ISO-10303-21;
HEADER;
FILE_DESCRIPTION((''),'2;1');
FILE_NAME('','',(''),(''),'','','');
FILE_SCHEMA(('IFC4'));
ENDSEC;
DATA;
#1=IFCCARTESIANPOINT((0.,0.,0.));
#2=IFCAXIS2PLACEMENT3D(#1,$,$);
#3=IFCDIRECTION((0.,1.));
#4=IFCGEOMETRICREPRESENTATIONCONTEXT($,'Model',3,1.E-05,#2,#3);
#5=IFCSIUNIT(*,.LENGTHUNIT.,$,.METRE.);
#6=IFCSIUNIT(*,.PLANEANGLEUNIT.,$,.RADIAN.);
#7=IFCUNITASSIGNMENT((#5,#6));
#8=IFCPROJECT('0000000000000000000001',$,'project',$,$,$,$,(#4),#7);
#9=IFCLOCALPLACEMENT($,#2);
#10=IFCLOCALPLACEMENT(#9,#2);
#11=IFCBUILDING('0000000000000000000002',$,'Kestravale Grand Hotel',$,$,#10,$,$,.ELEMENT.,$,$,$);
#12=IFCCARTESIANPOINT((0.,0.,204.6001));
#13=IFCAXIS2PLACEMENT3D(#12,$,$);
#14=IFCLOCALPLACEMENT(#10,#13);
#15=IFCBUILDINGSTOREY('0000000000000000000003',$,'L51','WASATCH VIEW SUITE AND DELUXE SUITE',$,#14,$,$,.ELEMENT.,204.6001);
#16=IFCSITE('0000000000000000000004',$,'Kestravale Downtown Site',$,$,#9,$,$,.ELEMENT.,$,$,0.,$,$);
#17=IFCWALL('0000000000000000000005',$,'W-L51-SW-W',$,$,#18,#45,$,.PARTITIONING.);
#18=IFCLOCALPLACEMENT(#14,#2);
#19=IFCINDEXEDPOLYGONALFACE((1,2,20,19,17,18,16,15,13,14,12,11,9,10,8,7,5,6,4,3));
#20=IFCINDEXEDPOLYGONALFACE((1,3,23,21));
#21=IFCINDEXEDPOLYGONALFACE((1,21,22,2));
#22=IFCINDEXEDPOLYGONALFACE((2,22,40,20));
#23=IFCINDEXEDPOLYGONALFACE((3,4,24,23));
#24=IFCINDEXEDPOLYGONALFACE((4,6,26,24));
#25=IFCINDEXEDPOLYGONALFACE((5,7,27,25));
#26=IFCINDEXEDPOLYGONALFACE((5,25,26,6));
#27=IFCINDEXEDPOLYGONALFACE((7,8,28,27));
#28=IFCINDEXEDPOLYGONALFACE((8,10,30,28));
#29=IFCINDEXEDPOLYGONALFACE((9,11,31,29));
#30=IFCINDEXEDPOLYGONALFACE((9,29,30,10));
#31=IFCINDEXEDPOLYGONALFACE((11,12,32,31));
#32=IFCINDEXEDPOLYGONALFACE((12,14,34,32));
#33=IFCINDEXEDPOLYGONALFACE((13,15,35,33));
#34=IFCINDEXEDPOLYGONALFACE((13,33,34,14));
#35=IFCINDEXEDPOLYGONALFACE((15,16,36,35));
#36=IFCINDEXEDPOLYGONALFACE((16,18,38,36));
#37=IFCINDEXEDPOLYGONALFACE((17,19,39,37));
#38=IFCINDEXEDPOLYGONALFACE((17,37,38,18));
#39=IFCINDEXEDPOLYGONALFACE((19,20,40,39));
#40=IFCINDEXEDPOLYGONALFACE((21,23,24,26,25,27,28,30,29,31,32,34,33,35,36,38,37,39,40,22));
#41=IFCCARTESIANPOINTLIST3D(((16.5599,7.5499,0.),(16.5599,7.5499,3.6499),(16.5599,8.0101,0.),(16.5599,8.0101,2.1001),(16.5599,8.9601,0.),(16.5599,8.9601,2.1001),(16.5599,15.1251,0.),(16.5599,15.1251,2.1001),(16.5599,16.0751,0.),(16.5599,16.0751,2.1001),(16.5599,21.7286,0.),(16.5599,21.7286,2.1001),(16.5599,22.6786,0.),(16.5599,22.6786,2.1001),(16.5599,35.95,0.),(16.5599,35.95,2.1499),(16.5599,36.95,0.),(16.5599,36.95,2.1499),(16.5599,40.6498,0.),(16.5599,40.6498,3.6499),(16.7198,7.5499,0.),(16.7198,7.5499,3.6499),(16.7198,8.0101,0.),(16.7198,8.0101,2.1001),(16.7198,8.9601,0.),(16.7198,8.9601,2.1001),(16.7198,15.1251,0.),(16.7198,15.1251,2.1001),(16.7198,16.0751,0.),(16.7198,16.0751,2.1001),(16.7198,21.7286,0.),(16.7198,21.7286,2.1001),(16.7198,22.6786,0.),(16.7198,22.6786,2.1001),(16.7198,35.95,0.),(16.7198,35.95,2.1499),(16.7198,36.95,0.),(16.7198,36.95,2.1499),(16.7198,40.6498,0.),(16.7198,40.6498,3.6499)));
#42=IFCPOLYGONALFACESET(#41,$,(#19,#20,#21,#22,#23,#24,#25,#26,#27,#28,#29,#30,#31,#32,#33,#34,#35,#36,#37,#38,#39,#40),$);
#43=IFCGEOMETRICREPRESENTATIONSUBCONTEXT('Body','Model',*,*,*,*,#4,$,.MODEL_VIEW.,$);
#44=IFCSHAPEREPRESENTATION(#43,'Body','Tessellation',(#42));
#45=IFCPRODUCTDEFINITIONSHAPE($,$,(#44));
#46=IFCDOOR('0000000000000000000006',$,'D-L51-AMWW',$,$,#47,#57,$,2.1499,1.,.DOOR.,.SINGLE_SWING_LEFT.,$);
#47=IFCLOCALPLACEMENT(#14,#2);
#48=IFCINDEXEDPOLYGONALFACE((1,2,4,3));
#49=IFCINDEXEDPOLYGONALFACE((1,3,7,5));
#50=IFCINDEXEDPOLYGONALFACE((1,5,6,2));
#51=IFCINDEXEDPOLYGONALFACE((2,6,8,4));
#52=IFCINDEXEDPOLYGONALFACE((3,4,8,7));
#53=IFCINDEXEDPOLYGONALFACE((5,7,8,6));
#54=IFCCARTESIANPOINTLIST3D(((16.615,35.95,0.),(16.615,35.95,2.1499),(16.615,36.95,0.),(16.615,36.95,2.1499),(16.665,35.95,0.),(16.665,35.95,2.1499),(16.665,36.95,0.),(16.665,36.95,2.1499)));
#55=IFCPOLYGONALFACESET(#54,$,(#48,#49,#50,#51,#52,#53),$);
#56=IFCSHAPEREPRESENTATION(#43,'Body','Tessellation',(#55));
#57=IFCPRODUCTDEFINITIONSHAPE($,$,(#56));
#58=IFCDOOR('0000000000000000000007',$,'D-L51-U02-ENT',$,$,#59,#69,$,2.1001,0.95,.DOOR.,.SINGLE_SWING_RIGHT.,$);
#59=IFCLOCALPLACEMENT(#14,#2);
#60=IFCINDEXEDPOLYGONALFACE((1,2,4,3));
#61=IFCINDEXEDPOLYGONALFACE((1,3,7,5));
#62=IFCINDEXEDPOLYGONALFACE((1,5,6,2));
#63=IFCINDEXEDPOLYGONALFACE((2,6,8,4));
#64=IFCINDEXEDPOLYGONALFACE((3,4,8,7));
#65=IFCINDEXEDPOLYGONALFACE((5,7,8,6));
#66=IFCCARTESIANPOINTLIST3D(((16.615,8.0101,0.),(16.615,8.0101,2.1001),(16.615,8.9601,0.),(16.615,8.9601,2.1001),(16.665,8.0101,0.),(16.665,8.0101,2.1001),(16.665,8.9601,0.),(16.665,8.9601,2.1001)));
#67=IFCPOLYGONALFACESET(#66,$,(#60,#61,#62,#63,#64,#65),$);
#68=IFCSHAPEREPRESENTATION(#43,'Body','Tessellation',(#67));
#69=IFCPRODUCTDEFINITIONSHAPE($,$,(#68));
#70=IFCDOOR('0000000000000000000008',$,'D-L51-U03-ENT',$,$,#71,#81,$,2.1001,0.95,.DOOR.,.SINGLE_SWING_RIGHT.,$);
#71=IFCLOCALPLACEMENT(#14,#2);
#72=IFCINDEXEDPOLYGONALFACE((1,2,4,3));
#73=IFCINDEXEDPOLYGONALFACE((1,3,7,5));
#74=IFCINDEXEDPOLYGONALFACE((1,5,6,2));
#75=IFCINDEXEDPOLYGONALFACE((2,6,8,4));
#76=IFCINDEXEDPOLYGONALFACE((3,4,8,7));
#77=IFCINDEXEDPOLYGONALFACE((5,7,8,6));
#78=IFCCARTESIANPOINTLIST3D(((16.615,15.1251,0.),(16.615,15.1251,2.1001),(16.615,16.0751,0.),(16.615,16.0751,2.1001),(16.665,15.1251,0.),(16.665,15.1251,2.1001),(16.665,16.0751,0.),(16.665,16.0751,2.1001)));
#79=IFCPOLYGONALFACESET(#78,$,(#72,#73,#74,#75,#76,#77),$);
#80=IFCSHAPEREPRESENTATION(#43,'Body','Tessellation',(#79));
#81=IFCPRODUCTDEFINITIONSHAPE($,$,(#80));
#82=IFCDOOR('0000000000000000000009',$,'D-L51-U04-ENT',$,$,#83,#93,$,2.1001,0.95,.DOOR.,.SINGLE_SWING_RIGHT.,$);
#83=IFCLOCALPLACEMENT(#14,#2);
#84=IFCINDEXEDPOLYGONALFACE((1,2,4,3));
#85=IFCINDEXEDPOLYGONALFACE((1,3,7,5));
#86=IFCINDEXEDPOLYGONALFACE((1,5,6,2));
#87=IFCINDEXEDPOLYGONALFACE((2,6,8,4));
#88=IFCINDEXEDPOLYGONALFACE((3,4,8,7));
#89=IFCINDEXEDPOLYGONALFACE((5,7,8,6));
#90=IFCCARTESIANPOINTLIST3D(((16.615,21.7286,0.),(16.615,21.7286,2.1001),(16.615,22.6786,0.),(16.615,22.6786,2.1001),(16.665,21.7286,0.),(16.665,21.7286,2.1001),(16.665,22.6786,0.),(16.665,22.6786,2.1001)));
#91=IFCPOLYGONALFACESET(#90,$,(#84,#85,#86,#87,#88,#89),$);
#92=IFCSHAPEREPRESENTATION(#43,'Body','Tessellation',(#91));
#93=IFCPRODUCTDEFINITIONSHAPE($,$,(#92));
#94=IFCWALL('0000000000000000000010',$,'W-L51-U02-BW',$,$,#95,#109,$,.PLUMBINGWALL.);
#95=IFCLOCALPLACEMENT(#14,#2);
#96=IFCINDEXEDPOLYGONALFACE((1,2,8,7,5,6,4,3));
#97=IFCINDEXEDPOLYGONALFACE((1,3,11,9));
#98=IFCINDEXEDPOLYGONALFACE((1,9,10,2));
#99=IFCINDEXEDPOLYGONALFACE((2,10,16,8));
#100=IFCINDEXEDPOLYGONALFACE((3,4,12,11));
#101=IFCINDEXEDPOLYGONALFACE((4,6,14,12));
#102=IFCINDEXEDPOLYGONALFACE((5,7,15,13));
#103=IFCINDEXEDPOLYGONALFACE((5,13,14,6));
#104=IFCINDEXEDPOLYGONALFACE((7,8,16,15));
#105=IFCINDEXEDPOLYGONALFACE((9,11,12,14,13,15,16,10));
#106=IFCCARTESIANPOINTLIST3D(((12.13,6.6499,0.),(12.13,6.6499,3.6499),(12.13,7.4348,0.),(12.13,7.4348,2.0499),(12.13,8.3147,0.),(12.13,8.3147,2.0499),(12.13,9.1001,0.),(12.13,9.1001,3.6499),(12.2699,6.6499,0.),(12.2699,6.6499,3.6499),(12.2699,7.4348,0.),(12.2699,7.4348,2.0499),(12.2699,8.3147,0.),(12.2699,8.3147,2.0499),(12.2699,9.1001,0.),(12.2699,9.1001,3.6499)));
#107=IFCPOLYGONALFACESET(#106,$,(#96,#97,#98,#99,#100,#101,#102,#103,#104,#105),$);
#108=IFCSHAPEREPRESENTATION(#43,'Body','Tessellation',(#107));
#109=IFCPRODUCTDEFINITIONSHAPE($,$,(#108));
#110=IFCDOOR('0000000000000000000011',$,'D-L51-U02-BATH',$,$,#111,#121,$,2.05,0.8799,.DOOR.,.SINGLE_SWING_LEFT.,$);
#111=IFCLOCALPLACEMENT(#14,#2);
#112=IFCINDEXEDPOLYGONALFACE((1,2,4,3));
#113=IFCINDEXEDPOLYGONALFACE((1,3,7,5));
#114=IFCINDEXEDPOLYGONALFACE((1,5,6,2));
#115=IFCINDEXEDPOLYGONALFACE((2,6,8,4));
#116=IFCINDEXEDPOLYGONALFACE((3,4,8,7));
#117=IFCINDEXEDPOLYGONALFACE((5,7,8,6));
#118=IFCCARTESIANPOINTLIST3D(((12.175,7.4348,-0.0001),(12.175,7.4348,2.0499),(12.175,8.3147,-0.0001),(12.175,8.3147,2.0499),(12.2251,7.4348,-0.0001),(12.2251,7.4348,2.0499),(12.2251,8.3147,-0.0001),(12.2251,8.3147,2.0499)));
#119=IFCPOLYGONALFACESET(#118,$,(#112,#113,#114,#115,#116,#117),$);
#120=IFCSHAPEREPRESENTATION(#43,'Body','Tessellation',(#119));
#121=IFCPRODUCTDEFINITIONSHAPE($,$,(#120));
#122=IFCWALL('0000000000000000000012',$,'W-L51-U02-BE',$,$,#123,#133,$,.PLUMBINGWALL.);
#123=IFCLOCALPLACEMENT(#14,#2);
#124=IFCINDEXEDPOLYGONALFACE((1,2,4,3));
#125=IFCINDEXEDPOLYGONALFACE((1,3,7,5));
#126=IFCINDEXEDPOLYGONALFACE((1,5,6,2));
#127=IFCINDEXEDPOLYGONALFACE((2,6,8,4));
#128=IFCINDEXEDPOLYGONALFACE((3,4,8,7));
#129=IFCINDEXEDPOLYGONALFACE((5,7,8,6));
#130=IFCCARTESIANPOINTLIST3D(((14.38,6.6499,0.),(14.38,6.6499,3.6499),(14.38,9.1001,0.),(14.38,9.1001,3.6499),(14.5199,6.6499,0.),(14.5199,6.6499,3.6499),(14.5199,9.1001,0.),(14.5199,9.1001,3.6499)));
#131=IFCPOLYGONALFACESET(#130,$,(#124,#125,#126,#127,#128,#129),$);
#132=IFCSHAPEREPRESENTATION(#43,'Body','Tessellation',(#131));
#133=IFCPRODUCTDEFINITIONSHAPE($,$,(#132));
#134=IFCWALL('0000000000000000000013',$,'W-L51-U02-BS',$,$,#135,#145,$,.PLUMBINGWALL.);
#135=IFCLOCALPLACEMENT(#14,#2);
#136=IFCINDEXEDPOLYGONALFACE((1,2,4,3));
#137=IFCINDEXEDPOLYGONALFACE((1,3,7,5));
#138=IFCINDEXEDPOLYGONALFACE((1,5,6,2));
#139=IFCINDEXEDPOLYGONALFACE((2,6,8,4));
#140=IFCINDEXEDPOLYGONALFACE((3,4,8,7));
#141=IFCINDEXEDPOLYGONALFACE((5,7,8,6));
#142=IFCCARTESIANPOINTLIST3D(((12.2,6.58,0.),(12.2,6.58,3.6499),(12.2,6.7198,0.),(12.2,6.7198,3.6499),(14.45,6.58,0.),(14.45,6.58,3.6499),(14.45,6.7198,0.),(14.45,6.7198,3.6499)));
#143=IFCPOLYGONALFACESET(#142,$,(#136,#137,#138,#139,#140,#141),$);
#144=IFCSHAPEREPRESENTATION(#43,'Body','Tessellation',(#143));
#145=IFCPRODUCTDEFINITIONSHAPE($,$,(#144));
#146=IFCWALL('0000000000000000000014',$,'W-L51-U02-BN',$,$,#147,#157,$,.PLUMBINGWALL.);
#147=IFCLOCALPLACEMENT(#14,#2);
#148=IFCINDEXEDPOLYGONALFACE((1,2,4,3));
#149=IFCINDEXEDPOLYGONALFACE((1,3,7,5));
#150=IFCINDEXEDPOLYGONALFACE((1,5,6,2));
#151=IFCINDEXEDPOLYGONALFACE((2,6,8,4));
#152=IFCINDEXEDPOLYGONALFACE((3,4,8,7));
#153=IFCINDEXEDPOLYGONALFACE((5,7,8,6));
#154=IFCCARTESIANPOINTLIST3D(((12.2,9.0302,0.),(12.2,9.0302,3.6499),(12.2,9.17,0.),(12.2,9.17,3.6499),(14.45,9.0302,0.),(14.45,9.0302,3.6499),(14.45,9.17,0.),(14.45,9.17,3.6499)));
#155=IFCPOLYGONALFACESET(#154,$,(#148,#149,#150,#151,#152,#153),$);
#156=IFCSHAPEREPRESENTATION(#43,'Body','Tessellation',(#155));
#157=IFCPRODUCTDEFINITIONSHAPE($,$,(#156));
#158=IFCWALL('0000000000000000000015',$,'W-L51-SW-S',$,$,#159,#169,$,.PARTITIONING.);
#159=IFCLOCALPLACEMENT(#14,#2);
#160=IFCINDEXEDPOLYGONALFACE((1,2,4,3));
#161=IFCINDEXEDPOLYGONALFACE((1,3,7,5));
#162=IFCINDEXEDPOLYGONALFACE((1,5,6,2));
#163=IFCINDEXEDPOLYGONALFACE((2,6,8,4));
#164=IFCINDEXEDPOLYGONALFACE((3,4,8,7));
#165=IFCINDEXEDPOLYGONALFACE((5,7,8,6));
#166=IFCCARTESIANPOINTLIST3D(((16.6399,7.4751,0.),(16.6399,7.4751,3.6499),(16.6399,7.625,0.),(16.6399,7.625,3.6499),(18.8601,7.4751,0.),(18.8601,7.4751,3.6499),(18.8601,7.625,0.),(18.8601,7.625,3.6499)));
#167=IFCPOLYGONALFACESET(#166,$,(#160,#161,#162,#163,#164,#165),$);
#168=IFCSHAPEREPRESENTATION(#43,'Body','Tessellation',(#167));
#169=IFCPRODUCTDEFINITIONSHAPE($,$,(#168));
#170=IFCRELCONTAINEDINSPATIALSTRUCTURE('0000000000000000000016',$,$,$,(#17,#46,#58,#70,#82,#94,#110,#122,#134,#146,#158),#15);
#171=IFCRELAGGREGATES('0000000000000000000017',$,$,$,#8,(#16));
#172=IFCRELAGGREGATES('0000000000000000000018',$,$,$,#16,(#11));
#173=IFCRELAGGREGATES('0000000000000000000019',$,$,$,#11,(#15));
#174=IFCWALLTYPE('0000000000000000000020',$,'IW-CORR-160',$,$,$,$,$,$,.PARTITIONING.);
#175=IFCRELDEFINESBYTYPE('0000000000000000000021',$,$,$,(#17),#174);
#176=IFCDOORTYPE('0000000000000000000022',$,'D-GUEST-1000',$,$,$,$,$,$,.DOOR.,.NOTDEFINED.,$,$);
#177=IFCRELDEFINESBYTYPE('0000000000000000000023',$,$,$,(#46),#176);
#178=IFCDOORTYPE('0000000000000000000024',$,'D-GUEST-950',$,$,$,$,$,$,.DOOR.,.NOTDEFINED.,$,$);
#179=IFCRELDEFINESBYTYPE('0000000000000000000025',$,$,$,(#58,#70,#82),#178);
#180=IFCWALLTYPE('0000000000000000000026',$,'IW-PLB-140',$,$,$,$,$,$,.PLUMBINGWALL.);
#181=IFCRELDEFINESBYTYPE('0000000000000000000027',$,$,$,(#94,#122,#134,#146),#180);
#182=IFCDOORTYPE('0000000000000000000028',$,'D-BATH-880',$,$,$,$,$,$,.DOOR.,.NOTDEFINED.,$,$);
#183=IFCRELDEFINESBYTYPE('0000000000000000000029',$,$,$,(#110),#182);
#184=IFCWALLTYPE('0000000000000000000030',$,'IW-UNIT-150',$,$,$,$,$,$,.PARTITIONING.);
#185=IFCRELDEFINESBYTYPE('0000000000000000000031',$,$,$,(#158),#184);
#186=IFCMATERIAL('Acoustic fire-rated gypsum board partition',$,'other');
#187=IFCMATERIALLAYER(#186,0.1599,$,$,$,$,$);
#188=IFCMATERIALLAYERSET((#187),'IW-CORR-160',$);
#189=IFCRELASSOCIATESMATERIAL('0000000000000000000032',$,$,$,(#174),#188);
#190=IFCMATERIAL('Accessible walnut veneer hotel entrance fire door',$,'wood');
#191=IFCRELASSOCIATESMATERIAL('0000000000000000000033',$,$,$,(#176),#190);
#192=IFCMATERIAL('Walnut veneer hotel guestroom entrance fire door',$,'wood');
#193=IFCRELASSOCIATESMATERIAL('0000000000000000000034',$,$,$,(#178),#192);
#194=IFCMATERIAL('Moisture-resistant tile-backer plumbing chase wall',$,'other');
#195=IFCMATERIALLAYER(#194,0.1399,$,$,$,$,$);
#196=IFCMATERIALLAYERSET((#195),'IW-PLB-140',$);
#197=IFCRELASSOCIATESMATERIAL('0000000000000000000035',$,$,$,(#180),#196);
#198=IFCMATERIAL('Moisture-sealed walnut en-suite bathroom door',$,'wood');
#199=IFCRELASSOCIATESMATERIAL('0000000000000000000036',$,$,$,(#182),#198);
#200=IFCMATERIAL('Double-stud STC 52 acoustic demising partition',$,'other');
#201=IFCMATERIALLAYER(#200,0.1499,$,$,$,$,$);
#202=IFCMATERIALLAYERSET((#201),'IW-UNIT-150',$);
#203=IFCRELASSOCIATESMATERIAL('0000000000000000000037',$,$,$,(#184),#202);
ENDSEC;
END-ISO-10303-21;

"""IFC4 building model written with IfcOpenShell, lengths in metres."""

from ifc_helpers import new_model, si_unit, direction, frame, frame_2d, origin, place, context, subcontext, project, spatial, rectangle, extrude, material, layer, layer_set, type_object, element, fill, save


model = new_model("IFC4")

# Units and contexts
model_context = context("Model", 3, precision=1e-05, world=origin(), true_north=direction((0.0, 1.0)))
body_context = subcontext(model_context, "Body", "Model", "MODEL_VIEW")
ifc_project = project(units=[si_unit("LENGTHUNIT", "METRE"), si_unit("PLANEANGLEUNIT", "RADIAN")], contexts=[model_context])

# Site, building, storey
site_placement = place(None, origin())
site = spatial("IfcSite", under=ifc_project, at=site_placement, Name="Kestravale Downtown Site", CompositionType="ELEMENT", RefElevation=0.0)
building_placement = place(site_placement, origin())
building = spatial("IfcBuilding", under=site, at=building_placement, Name="Kestravale Grand Hotel", CompositionType="ELEMENT")
storey_placement = place(building_placement, frame((0.0, 0.0, 204.6001)))
storey = spatial("IfcBuildingStorey", under=building, at=storey_placement, Name="L51", Description="WASATCH VIEW SUITE AND DELUXE SUITE", CompositionType="ELEMENT", Elevation=204.6001)

# Wall, openings, doors
ifc_material_1 = material(Name="Acoustic fire-rated gypsum board partition", Category="other")
ifc_layer_1 = layer(ifc_material_1, 0.1599)
ifc_layer_set_1 = layer_set([ifc_layer_1], Name="IW-CORR-160")
wall_type_1 = type_object("IfcWallType", Name="IW-CORR-160", PredefinedType="PARTITIONING", material=ifc_layer_set_1)
wall_1_placement = place(storey_placement, frame((16.6399, 7.55, 0.0), z_axis=(0.0, 0.0, 1.0), x_axis=(0.0, 1.0, 0.0)))
wall_1 = element("IfcWall", 1, at=wall_1_placement, inside=storey, type_object=wall_type_1, Name="W-L51-SW-W", PredefinedType="PARTITIONING", context=body_context, shape_type="SweptSolid", body=[
    extrude(rectangle(XDim=33.0999, YDim=0.1599, at=frame_2d((16.5498, 0.0))), origin(), (0.0, 0.0, 1.0), 3.6499),
])
opening_1_placement = place(wall_1_placement, frame((0.46, 0.0, 0.0)))
opening_1 = element("IfcOpeningElement", 2, at=opening_1_placement, cuts=wall_1, PredefinedType="OPENING", context=body_context, shape_type="SweptSolid", body=[
    extrude(rectangle(XDim=0.95, YDim=2.1001, at=frame_2d((0.4751, 1.05))), frame((0.0, 0.0898, 0.0), z_axis=(0.0, -1.0, 0.0), x_axis=(1.0, 0.0, 0.0)), (0.0, 0.0, 1.0), 0.1799),
])
opening_2_placement = place(wall_1_placement, frame((7.575, 0.0, 0.0)))
opening_2 = element("IfcOpeningElement", 3, at=opening_2_placement, cuts=wall_1, PredefinedType="OPENING", context=body_context, shape_type="SweptSolid", body=[
    extrude(rectangle(XDim=0.95, YDim=2.1001, at=frame_2d((0.4751, 1.05))), frame((0.0, 0.0898, 0.0), z_axis=(0.0, -1.0, 0.0), x_axis=(1.0, 0.0, 0.0)), (0.0, 0.0, 1.0), 0.1799),
])
opening_3_placement = place(wall_1_placement, frame((14.1785, 0.0, 0.0)))
opening_3 = element("IfcOpeningElement", 4, at=opening_3_placement, cuts=wall_1, PredefinedType="OPENING", context=body_context, shape_type="SweptSolid", body=[
    extrude(rectangle(XDim=0.95, YDim=2.1001, at=frame_2d((0.4751, 1.05))), frame((0.0, 0.0898, 0.0), z_axis=(0.0, -1.0, 0.0), x_axis=(1.0, 0.0, 0.0)), (0.0, 0.0, 1.0), 0.1799),
])
opening_4_placement = place(wall_1_placement, frame((28.3999, 0.0, 0.0)))
opening_4 = element("IfcOpeningElement", 5, at=opening_4_placement, cuts=wall_1, PredefinedType="OPENING", context=body_context, shape_type="SweptSolid", body=[
    extrude(rectangle(XDim=1.0, YDim=2.1499, at=frame_2d((0.5, 1.075))), frame((0.0, 0.0898, 0.0), z_axis=(0.0, -1.0, 0.0), x_axis=(1.0, 0.0, 0.0)), (0.0, 0.0, 1.0), 0.1799),
])
ifc_material_2 = material(Name="Accessible walnut veneer hotel entrance fire door", Category="wood")
door_type_1 = type_object("IfcDoorType", Name="D-GUEST-1000", OperationType="NOTDEFINED", PredefinedType="DOOR", material=ifc_material_2)
door_1_placement = place(opening_4_placement, origin())
door_1 = element("IfcDoor", 6, at=door_1_placement, inside=storey, type_object=door_type_1, Name="D-L51-AMWW", OperationType="SINGLE_SWING_LEFT", OverallHeight=2.1499, OverallWidth=1.0, PredefinedType="DOOR", context=body_context, shape_type="SweptSolid", body=[
    extrude(rectangle(XDim=1.0, YDim=2.1499, at=frame_2d((0.5, 1.075))), frame((0.0, 0.0249, 0.0), z_axis=(0.0, -1.0, 0.0), x_axis=(1.0, 0.0, 0.0)), (0.0, 0.0, 1.0), 0.05),
])
fill(opening_4, door_1)
ifc_material_3 = material(Name="Walnut veneer hotel guestroom entrance fire door", Category="wood")
door_type_2 = type_object("IfcDoorType", Name="D-GUEST-950", OperationType="NOTDEFINED", PredefinedType="DOOR", material=ifc_material_3)
door_2_placement = place(opening_1_placement, origin())
door_2 = element("IfcDoor", 7, at=door_2_placement, inside=storey, type_object=door_type_2, Name="D-L51-U02-ENT", OperationType="SINGLE_SWING_RIGHT", OverallHeight=2.1001, OverallWidth=0.95, PredefinedType="DOOR", context=body_context, shape_type="SweptSolid", body=[
    extrude(rectangle(XDim=0.95, YDim=2.1001, at=frame_2d((0.4751, 1.05))), frame((0.0, 0.0249, 0.0), z_axis=(0.0, -1.0, 0.0), x_axis=(1.0, 0.0, 0.0)), (0.0, 0.0, 1.0), 0.05),
])
fill(opening_1, door_2)
door_3_placement = place(opening_2_placement, origin())
door_3 = element("IfcDoor", 8, at=door_3_placement, inside=storey, type_object=door_type_2, Name="D-L51-U03-ENT", OperationType="SINGLE_SWING_RIGHT", OverallHeight=2.1001, OverallWidth=0.95, PredefinedType="DOOR", context=body_context, shape_type="SweptSolid", body=[
    extrude(rectangle(XDim=0.95, YDim=2.1001, at=frame_2d((0.4751, 1.05))), frame((0.0, 0.0249, 0.0), z_axis=(0.0, -1.0, 0.0), x_axis=(1.0, 0.0, 0.0)), (0.0, 0.0, 1.0), 0.05),
])
fill(opening_2, door_3)
door_4_placement = place(opening_3_placement, origin())
door_4 = element("IfcDoor", 9, at=door_4_placement, inside=storey, type_object=door_type_2, Name="D-L51-U04-ENT", OperationType="SINGLE_SWING_RIGHT", OverallHeight=2.1001, OverallWidth=0.95, PredefinedType="DOOR", context=body_context, shape_type="SweptSolid", body=[
    extrude(rectangle(XDim=0.95, YDim=2.1001, at=frame_2d((0.4751, 1.05))), frame((0.0, 0.0249, 0.0), z_axis=(0.0, -1.0, 0.0), x_axis=(1.0, 0.0, 0.0)), (0.0, 0.0, 1.0), 0.05),
])
fill(opening_3, door_4)

# Wall, opening, door
ifc_material_4 = material(Name="Moisture-resistant tile-backer plumbing chase wall", Category="other")
ifc_layer_2 = layer(ifc_material_4, 0.1399)
ifc_layer_set_2 = layer_set([ifc_layer_2], Name="IW-PLB-140")
wall_type_2 = type_object("IfcWallType", Name="IW-PLB-140", PredefinedType="PLUMBINGWALL", material=ifc_layer_set_2)
wall_2_placement = place(storey_placement, frame((12.2, 6.6499, 0.0), z_axis=(0.0, 0.0, 1.0), x_axis=(0.0, 1.0, 0.0)))
wall_2 = element("IfcWall", 10, at=wall_2_placement, inside=storey, type_object=wall_type_2, Name="W-L51-U02-BW", PredefinedType="PLUMBINGWALL", context=body_context, shape_type="SweptSolid", body=[
    extrude(rectangle(XDim=2.4502, YDim=0.1399, at=frame_2d((1.2251, 0.0))), origin(), (0.0, 0.0, 1.0), 3.6499),
])
opening_5_placement = place(wall_2_placement, frame((0.7849, 0.0, 0.0)))
opening_5 = element("IfcOpeningElement", 11, at=opening_5_placement, cuts=wall_2, PredefinedType="OPENING", context=body_context, shape_type="SweptSolid", body=[
    extrude(rectangle(XDim=0.8799, YDim=2.05, at=frame_2d((0.4399, 1.0249))), frame((0.0, 0.0798, 0.0), z_axis=(0.0, -1.0, 0.0), x_axis=(1.0, 0.0, 0.0)), (0.0, 0.0, 1.0), 0.1599),
])
ifc_material_5 = material(Name="Moisture-sealed walnut en-suite bathroom door", Category="wood")
door_type_3 = type_object("IfcDoorType", Name="D-BATH-880", OperationType="NOTDEFINED", PredefinedType="DOOR", material=ifc_material_5)
door_5_placement = place(opening_5_placement, origin())
door_5 = element("IfcDoor", 12, at=door_5_placement, inside=storey, type_object=door_type_3, Name="D-L51-U02-BATH", OperationType="SINGLE_SWING_LEFT", OverallHeight=2.05, OverallWidth=0.8799, PredefinedType="DOOR", context=body_context, shape_type="SweptSolid", body=[
    extrude(rectangle(XDim=0.8799, YDim=2.05, at=frame_2d((0.4399, 1.0249))), frame((0.0, 0.0249, 0.0), z_axis=(0.0, -1.0, 0.0), x_axis=(1.0, 0.0, 0.0)), (0.0, 0.0, 1.0), 0.05),
])
fill(opening_5, door_5)

# Walls
wall_3_placement = place(storey_placement, frame((14.45, 6.6499, 0.0), z_axis=(0.0, 0.0, 1.0), x_axis=(0.0, 1.0, 0.0)))
element("IfcWall", 13, at=wall_3_placement, inside=storey, type_object=wall_type_2, Name="W-L51-U02-BE", PredefinedType="PLUMBINGWALL", context=body_context, shape_type="SweptSolid", body=[
    extrude(rectangle(XDim=2.4502, YDim=0.1399, at=frame_2d((1.2251, 0.0))), origin(), (0.0, 0.0, 1.0), 3.6499),
])
for number, where, z_axis, x_axis, name in (
    (14, (12.2, 6.6499, 0.0), (0.0, 0.0, 1.0), (1.0, 0.0, 0.0), "W-L51-U02-BS"),
    (15, (12.2, 9.1001, 0.0), (0.0, 0.0, 1.0), (1.0, 0.0, 0.0), "W-L51-U02-BN"),
):
    element("IfcWall", number, at=place(storey_placement, frame(where, z_axis=z_axis, x_axis=x_axis)), inside=storey, type_object=wall_type_2, Name=name, PredefinedType="PLUMBINGWALL", context=body_context, shape_type="SweptSolid", body=[
        extrude(rectangle(XDim=2.25, YDim=0.1399, at=frame_2d((1.125, 0.0))), origin(), (0.0, 0.0, 1.0), 3.6499),
    ])
ifc_material_6 = material(Name="Double-stud STC 52 acoustic demising partition", Category="other")
ifc_layer_3 = layer(ifc_material_6, 0.1499)
ifc_layer_set_3 = layer_set([ifc_layer_3], Name="IW-UNIT-150")
wall_type_3 = type_object("IfcWallType", Name="IW-UNIT-150", PredefinedType="PARTITIONING", material=ifc_layer_set_3)
wall_4_placement = place(storey_placement, frame((16.6399, 7.55, 0.0), z_axis=(0.0, 0.0, 1.0), x_axis=(1.0, 0.0, 0.0)))
element("IfcWall", 16, at=wall_4_placement, inside=storey, type_object=wall_type_3, Name="W-L51-SW-S", PredefinedType="PARTITIONING", context=body_context, shape_type="SweptSolid", body=[
    extrude(rectangle(XDim=2.2202, YDim=0.1499, at=frame_2d((1.1101, 0.0))), origin(), (0.0, 0.0, 1.0), 3.6499),
])

save(model, "model.ifc")
